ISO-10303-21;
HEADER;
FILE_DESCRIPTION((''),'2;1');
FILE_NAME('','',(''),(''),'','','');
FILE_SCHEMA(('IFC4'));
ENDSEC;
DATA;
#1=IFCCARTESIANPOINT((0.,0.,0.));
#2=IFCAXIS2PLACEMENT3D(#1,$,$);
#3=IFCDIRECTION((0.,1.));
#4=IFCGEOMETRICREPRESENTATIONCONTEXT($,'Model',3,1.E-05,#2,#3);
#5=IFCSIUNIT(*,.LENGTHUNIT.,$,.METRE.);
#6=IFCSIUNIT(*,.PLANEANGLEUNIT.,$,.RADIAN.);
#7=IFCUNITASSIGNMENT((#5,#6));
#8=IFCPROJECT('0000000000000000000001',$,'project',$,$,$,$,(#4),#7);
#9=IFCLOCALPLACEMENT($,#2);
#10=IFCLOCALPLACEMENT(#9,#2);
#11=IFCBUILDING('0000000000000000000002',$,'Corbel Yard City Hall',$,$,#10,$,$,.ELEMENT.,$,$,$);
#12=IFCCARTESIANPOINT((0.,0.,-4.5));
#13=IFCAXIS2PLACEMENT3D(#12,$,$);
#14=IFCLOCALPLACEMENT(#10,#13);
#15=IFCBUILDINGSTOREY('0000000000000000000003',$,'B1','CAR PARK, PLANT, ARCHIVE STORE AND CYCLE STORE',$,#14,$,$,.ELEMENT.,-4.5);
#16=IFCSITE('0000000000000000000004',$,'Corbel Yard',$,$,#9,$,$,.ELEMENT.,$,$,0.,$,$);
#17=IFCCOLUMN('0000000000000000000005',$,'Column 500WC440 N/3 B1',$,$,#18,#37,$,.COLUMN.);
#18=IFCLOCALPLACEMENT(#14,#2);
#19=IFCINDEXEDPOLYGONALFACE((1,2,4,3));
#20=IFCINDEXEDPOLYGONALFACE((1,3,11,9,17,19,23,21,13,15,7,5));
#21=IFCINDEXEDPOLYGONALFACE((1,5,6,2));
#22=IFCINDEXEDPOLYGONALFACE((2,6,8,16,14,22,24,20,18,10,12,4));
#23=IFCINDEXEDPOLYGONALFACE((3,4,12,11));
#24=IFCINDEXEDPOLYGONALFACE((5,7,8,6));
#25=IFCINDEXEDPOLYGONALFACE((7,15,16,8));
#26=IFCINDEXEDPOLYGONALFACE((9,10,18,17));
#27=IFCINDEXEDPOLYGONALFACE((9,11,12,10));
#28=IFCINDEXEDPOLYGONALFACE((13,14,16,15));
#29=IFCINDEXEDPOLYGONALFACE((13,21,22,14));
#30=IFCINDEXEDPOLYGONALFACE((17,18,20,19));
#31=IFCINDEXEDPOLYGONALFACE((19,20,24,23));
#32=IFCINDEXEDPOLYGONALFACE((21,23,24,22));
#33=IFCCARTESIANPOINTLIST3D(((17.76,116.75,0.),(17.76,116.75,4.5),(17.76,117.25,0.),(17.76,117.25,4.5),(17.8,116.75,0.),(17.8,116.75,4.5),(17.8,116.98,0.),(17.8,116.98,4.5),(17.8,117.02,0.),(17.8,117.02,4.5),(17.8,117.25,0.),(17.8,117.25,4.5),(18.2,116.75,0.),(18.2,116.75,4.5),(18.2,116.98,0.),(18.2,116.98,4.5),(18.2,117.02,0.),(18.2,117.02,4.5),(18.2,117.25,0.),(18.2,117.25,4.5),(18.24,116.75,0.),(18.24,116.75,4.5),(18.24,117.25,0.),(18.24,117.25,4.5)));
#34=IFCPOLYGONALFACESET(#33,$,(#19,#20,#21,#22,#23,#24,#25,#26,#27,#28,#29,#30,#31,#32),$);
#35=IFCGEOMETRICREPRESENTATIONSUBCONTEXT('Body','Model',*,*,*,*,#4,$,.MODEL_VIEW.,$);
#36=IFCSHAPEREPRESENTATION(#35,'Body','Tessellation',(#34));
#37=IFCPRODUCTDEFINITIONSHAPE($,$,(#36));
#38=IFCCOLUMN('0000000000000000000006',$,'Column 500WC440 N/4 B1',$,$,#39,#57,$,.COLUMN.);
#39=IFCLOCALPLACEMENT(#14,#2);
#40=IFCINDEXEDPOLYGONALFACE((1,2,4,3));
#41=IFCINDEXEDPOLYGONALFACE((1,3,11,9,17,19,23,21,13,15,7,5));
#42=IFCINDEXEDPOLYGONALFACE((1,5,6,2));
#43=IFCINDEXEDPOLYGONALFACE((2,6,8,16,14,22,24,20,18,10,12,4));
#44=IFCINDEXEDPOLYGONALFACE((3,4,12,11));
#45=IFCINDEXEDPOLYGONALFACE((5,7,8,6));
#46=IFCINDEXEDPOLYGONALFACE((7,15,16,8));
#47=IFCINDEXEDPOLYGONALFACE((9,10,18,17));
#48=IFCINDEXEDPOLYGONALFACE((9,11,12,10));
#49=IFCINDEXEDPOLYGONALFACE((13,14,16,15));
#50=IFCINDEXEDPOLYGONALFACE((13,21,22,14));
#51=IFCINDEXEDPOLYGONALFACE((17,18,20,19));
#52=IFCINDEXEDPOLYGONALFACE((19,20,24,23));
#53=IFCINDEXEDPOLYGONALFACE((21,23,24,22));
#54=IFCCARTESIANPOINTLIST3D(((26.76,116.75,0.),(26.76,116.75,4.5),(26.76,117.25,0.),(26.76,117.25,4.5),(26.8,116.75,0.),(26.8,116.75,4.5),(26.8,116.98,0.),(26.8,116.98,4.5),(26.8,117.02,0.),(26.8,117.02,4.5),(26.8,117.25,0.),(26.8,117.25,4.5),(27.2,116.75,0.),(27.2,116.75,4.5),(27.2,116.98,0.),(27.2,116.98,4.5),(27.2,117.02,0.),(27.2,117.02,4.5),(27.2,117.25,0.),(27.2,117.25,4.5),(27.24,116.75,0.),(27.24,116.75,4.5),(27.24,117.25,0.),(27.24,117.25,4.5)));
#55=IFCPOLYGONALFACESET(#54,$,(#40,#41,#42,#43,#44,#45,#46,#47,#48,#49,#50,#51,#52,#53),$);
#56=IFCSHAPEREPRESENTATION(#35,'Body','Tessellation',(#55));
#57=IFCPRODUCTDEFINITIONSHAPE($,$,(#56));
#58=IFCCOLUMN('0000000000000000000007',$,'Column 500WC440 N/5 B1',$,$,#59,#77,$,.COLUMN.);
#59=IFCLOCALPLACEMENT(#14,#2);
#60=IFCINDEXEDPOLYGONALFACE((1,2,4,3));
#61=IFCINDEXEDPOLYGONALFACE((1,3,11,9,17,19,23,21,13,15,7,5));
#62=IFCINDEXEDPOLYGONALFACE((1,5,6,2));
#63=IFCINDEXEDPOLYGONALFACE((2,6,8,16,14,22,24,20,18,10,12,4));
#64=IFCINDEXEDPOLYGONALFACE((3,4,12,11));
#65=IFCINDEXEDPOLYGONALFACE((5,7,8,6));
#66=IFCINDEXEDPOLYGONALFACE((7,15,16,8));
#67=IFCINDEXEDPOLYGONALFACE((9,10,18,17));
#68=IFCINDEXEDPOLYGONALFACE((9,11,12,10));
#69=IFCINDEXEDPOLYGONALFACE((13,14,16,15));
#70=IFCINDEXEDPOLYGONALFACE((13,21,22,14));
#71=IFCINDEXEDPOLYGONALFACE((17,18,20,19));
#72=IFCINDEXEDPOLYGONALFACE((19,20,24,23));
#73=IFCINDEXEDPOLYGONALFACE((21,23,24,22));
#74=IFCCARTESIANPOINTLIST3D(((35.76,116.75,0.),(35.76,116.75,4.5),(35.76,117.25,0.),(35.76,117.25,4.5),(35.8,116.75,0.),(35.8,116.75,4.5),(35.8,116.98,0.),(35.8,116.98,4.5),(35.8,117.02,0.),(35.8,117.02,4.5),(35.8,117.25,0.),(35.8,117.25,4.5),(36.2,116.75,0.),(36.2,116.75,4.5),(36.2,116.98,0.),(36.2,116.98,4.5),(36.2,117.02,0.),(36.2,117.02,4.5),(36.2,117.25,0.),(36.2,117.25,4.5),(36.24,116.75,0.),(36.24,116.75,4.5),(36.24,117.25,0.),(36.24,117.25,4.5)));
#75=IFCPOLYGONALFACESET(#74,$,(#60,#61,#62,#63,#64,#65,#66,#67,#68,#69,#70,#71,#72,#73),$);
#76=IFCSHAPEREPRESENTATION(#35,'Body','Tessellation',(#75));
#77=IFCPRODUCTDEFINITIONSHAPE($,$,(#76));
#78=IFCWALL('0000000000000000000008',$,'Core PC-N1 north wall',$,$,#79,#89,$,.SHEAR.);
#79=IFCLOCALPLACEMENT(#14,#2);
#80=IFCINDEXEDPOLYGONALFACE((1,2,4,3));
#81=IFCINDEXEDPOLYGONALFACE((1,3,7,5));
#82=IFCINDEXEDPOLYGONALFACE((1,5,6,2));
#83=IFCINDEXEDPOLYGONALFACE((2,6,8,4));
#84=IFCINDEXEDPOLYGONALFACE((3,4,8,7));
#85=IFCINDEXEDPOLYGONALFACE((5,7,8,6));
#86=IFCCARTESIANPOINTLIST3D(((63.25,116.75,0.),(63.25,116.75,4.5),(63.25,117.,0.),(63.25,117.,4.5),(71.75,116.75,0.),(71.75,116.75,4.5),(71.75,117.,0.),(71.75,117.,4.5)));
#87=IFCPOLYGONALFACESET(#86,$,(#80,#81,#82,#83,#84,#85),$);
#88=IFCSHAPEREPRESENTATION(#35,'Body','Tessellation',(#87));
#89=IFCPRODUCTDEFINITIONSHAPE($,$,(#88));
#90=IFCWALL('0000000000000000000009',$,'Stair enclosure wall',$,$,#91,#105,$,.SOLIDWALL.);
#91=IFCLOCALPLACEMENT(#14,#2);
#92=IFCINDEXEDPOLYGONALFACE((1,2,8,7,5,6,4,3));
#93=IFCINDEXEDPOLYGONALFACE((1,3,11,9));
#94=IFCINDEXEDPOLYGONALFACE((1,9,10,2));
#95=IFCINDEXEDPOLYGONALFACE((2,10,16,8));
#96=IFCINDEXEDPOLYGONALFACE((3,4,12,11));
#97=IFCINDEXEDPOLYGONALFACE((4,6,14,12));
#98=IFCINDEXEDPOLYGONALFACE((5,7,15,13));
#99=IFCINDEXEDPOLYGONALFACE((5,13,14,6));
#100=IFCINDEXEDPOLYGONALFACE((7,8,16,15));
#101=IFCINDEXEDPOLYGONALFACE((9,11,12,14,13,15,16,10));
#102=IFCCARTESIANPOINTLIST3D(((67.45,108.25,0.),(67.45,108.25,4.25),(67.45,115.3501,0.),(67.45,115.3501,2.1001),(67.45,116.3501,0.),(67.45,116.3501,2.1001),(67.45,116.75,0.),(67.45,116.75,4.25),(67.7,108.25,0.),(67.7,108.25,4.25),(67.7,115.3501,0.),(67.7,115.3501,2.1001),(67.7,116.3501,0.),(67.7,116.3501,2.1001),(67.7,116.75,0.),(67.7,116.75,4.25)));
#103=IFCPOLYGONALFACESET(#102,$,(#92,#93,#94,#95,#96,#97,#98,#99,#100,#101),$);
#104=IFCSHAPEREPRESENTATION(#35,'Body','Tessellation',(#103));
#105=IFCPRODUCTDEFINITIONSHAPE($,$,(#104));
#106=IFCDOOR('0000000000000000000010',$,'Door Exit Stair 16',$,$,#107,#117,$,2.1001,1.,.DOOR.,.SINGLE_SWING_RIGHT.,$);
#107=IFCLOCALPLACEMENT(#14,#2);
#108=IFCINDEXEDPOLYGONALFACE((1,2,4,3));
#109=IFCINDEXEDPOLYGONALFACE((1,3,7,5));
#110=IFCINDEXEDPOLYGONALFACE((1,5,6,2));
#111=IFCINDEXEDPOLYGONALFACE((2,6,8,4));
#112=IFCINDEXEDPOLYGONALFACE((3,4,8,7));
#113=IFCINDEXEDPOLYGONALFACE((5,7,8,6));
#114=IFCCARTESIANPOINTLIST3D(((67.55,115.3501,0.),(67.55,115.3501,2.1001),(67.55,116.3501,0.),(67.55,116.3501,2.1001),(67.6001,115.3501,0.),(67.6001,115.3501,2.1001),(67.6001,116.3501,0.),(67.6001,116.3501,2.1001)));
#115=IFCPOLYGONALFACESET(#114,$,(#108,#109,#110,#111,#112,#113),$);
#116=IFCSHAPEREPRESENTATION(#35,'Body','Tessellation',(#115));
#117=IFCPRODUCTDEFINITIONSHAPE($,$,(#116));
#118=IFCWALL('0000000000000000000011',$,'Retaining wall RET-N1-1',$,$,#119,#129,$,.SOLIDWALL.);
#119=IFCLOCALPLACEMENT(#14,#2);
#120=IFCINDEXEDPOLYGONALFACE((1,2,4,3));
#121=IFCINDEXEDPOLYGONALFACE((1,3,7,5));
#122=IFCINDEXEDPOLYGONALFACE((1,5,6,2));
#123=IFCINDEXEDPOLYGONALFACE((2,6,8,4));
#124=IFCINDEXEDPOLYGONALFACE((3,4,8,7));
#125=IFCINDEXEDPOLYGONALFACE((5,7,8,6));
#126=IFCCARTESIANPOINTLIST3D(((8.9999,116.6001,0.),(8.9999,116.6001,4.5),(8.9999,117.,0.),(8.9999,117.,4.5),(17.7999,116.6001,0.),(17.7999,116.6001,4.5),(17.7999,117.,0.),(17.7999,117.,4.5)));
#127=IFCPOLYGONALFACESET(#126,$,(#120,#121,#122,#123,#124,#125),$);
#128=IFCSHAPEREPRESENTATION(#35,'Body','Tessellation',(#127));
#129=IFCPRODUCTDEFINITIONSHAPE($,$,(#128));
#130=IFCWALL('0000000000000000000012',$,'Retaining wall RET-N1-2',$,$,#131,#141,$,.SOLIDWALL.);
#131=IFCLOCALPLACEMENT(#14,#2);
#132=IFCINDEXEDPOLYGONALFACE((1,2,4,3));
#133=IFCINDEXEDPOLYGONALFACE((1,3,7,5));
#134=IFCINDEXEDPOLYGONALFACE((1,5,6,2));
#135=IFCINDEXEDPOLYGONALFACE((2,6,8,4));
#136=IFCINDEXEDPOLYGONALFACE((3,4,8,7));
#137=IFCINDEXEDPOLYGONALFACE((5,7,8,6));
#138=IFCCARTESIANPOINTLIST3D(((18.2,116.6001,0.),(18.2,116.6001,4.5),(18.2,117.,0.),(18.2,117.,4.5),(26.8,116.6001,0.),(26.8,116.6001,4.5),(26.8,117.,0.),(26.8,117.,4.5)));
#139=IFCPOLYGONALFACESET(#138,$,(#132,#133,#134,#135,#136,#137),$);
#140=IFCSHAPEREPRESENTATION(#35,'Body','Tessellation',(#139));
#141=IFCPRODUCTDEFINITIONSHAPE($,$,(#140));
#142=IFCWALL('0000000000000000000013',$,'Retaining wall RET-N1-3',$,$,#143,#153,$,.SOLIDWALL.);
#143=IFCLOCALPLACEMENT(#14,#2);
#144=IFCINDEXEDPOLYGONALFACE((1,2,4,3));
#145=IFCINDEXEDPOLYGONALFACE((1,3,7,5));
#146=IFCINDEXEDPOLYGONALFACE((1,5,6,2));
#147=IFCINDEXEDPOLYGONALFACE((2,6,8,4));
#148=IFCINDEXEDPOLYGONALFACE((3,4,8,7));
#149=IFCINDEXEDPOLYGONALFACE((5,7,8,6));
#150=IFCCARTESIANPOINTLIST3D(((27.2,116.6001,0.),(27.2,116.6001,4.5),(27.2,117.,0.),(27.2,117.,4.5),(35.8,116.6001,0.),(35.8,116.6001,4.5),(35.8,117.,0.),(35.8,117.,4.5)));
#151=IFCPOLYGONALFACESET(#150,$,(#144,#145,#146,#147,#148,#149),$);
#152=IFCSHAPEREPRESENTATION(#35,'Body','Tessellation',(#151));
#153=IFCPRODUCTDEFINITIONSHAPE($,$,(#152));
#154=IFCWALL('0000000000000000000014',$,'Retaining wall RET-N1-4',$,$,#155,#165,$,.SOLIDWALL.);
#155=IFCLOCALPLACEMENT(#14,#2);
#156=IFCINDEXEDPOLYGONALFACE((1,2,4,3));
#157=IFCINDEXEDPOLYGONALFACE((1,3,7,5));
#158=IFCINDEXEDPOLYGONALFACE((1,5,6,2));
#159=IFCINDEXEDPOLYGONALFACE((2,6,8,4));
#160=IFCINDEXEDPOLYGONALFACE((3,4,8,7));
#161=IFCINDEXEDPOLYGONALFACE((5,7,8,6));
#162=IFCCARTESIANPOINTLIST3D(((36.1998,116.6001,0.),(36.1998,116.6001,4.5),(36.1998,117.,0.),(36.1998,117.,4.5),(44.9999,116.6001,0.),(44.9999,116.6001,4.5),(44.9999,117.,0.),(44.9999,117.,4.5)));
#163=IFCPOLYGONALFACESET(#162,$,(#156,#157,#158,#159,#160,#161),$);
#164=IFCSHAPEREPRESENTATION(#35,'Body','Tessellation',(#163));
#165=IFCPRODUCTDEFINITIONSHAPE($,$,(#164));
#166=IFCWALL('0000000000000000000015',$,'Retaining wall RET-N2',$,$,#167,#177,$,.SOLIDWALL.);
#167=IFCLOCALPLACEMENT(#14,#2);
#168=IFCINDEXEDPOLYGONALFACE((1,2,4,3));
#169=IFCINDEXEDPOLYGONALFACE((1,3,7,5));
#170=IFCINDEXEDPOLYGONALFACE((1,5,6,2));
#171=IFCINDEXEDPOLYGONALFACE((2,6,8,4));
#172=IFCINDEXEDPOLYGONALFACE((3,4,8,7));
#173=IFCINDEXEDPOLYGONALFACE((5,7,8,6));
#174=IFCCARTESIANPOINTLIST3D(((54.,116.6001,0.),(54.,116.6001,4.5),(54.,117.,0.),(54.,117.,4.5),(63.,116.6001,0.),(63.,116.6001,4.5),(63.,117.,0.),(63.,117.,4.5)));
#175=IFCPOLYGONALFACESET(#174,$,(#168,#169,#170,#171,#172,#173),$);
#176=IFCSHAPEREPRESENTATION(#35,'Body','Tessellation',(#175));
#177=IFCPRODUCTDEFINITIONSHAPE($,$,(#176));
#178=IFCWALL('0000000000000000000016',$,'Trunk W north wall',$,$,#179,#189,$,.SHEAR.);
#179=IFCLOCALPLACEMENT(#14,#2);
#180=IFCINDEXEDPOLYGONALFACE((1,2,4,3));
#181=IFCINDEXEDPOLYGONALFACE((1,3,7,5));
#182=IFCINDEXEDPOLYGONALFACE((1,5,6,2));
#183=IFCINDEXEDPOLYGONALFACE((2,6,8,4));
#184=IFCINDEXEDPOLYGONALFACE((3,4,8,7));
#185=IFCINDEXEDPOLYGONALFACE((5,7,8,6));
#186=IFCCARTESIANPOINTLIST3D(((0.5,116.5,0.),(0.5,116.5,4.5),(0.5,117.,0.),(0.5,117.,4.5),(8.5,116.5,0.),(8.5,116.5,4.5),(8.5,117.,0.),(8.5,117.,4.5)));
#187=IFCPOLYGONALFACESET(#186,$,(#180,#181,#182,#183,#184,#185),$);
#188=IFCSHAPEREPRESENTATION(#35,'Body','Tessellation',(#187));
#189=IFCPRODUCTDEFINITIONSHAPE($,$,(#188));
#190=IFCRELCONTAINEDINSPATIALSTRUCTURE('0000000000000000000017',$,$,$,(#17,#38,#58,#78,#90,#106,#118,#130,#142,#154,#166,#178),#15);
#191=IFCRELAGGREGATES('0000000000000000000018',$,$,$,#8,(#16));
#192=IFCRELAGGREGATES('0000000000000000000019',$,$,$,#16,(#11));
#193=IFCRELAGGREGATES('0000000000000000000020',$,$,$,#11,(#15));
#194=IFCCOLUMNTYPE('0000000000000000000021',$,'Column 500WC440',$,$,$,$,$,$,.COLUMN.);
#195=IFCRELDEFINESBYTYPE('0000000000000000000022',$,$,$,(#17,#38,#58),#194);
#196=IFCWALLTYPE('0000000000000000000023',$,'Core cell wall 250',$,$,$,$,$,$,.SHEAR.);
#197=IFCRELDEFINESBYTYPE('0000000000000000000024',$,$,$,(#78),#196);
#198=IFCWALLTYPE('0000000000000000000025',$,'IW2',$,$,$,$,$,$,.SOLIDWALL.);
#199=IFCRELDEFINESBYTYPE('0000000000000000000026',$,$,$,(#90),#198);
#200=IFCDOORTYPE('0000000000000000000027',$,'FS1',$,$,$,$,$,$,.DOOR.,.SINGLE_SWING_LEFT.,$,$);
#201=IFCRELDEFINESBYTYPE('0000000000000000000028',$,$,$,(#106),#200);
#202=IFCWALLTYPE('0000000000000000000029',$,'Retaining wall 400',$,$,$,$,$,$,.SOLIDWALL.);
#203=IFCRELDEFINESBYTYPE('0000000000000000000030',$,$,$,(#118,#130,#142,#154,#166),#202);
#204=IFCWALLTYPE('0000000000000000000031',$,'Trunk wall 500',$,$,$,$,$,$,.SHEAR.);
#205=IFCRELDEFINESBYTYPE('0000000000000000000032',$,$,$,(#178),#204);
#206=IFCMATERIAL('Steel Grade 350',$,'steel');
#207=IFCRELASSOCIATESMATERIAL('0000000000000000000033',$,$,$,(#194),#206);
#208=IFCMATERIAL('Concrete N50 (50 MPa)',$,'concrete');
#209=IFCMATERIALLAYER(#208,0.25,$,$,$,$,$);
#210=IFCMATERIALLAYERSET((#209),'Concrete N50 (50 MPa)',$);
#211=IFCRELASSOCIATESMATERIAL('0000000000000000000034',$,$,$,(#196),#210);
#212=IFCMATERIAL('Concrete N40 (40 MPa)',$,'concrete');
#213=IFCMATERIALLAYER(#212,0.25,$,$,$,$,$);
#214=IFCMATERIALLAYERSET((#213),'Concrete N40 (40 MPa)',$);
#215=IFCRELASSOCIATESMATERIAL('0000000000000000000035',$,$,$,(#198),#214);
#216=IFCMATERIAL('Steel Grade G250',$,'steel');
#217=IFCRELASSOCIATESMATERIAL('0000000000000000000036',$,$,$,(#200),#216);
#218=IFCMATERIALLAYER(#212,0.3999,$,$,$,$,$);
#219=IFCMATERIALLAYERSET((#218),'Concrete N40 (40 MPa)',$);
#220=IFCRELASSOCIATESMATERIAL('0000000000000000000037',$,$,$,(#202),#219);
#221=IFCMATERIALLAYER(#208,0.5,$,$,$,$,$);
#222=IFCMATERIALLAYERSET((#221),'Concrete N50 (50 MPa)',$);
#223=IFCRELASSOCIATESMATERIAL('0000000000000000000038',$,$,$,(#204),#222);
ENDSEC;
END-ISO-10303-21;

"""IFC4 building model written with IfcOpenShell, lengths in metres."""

from ifc_helpers import new_model, si_unit, direction, frame, frame_2d, origin, origin_2d, place, context, subcontext, project, spatial, rectangle, i_section, extrude, material, layer, layer_set, material_profile, profile_set, type_object, element, fill, save


model = new_model("IFC4")

# Units and contexts
model_context = context("Model", 3, precision=1e-05, world=origin(), true_north=direction((0.0, 1.0)))
body_context = subcontext(model_context, "Body", "Model", "MODEL_VIEW")
ifc_project = project(units=[si_unit("LENGTHUNIT", "METRE"), si_unit("PLANEANGLEUNIT", "RADIAN")], contexts=[model_context])

# Site, building, storey
site_placement = place(None, origin())
site = spatial("IfcSite", under=ifc_project, at=site_placement, Name="Corbel Yard", CompositionType="ELEMENT", RefElevation=0.0)
building_placement = place(site_placement, origin())
building = spatial("IfcBuilding", under=site, at=building_placement, Name="Corbel Yard City Hall", CompositionType="ELEMENT")
storey_placement = place(building_placement, frame((0.0, 0.0, -4.5)))
storey = spatial("IfcBuildingStorey", under=building, at=storey_placement, Name="B1", Description="CAR PARK, PLANT, ARCHIVE STORE AND CYCLE STORE", CompositionType="ELEMENT", Elevation=-4.5)

# Columns
ifc_material_1 = material(Name="Steel Grade 350", Category="steel")
ifc_material_profile = material_profile(ifc_material_1, i_section(OverallWidth=0.5, OverallDepth=0.48, WebThickness=0.04, FlangeThickness=0.04, at=origin_2d()), Name="500WC440")
ifc_profile_set = profile_set([ifc_material_profile], Name="Steel Grade 350")
column_type = type_object("IfcColumnType", Name="Column 500WC440", PredefinedType="COLUMN", material=ifc_profile_set)
for number, where, z_axis, x_axis, name in (
    (1, (18.0, 117.0, 0.0), (0.0, 0.0, 1.0), (0.0, 1.0, 0.0), "Column 500WC440 N/3 B1"),
    (2, (27.0, 117.0, 0.0), (0.0, 0.0, 1.0), (0.0, 1.0, 0.0), "Column 500WC440 N/4 B1"),
    (3, (36.0, 117.0, 0.0), (0.0, 0.0, 1.0), (0.0, 1.0, 0.0), "Column 500WC440 N/5 B1"),
):
    element("IfcColumn", number, at=place(storey_placement, frame(where, z_axis=z_axis, x_axis=x_axis)), inside=storey, type_object=column_type, Name=name, PredefinedType="COLUMN", context=body_context, shape_type="SweptSolid", body=[
        extrude(i_section(OverallWidth=0.5, OverallDepth=0.48, WebThickness=0.04, FlangeThickness=0.04, at=origin_2d()), origin(), (0.0, 0.0, 1.0), 4.5),
    ])

# Wall
ifc_material_2 = material(Name="Concrete N50 (50 MPa)", Category="concrete")
ifc_layer_1 = layer(ifc_material_2, 0.25)
ifc_layer_set_1 = layer_set([ifc_layer_1], Name="Concrete N50 (50 MPa)")
wall_type_1 = type_object("IfcWallType", Name="Core cell wall 250", PredefinedType="SHEAR", material=ifc_layer_set_1)
wall_1_placement = place(storey_placement, frame((63.25, 116.875, 0.0), z_axis=(0.0, 0.0, 1.0), x_axis=(1.0, 0.0, 0.0)))
element("IfcWall", 4, at=wall_1_placement, inside=storey, type_object=wall_type_1, Name="Core PC-N1 north wall", PredefinedType="SHEAR", context=body_context, shape_type="SweptSolid", body=[
    extrude(rectangle(XDim=8.5, YDim=0.25, at=frame_2d((4.25, 0.0))), origin(), (0.0, 0.0, 1.0), 4.5),
])

# Wall, opening, door
ifc_material_3 = material(Name="Concrete N40 (40 MPa)", Category="concrete")
ifc_layer_2 = layer(ifc_material_3, 0.25)
ifc_layer_set_2 = layer_set([ifc_layer_2], Name="Concrete N40 (40 MPa)")
wall_type_2 = type_object("IfcWallType", Name="IW2", PredefinedType="SOLIDWALL", material=ifc_layer_set_2)
wall_2_placement = place(storey_placement, frame((67.575, 116.75, 0.0), z_axis=(0.0, 0.0, 1.0), x_axis=(0.0, -1.0, 0.0)))
wall_2 = element("IfcWall", 5, at=wall_2_placement, inside=storey, type_object=wall_type_2, Name="Stair enclosure wall", PredefinedType="SOLIDWALL", context=body_context, shape_type="SweptSolid", body=[
    extrude(rectangle(XDim=8.5, YDim=0.25, at=frame_2d((4.25, 0.0))), origin(), (0.0, 0.0, 1.0), 4.25),
])
opening_placement = place(wall_2_placement, frame((0.3999, 0.0, 0.0)))
opening = element("IfcOpeningElement", 6, at=opening_placement, cuts=wall_2, PredefinedType="OPENING", context=body_context, shape_type="SweptSolid", body=[
    extrude(rectangle(XDim=1.0, YDim=2.1001, at=frame_2d((0.5, 1.05))), frame((0.0, 0.135, 0.0), z_axis=(0.0, -1.0, 0.0), x_axis=(1.0, 0.0, 0.0)), (0.0, 0.0, 1.0), 0.27),
])
ifc_material_4 = material(Name="Steel Grade G250", Category="steel")
door_type = type_object("IfcDoorType", Name="FS1", OperationType="SINGLE_SWING_LEFT", PredefinedType="DOOR", material=ifc_material_4)
door_placement = place(opening_placement, frame((1.0, 0.0, 0.0), z_axis=(0.0, 0.0, 1.0), x_axis=(-1.0, 0.0, 0.0)))
door = element("IfcDoor", 7, at=door_placement, inside=storey, type_object=door_type, Name="Door Exit Stair 16", OperationType="SINGLE_SWING_RIGHT", OverallHeight=2.1001, OverallWidth=1.0, PredefinedType="DOOR", context=body_context, shape_type="SweptSolid", body=[
    extrude(rectangle(XDim=1.0, YDim=2.1001, at=frame_2d((0.5, 1.05))), frame((0.0, 0.0249, 0.0), z_axis=(0.0, -1.0, 0.0), x_axis=(1.0, 0.0, 0.0)), (0.0, 0.0, 1.0), 0.05),
])
fill(opening, door)

# Walls
ifc_layer_3 = layer(ifc_material_3, 0.3999)
ifc_layer_set_3 = layer_set([ifc_layer_3], Name="Concrete N40 (40 MPa)")
wall_type_3 = type_object("IfcWallType", Name="Retaining wall 400", PredefinedType="SOLIDWALL", material=ifc_layer_set_3)
wall_3_placement = place(storey_placement, frame((9.0, 116.8, 0.0), z_axis=(0.0, 0.0, 1.0), x_axis=(1.0, 0.0, 0.0)))
element("IfcWall", 8, at=wall_3_placement, inside=storey, type_object=wall_type_3, Name="Retaining wall RET-N1-1", PredefinedType="SOLIDWALL", context=body_context, shape_type="SweptSolid", body=[
    extrude(rectangle(XDim=8.8, YDim=0.3999, at=frame_2d((4.3999, 0.0))), origin(), (0.0, 0.0, 1.0), 4.5),
])
for number, where, z_axis, x_axis, name in (
    (9, (18.2, 116.8, 0.0), (0.0, 0.0, 1.0), (1.0, 0.0, 0.0), "Retaining wall RET-N1-2"),
    (10, (27.2, 116.8, 0.0), (0.0, 0.0, 1.0), (1.0, 0.0, 0.0), "Retaining wall RET-N1-3"),
):
    element("IfcWall", number, at=place(storey_placement, frame(where, z_axis=z_axis, x_axis=x_axis)), inside=storey, type_object=wall_type_3, Name=name, PredefinedType="SOLIDWALL", context=body_context, shape_type="SweptSolid", body=[
        extrude(rectangle(XDim=8.6001, YDim=0.3999, at=frame_2d((4.3, 0.0))), origin(), (0.0, 0.0, 1.0), 4.5),
    ])
wall_4_placement = place(storey_placement, frame((36.2, 116.8, 0.0), z_axis=(0.0, 0.0, 1.0), x_axis=(1.0, 0.0, 0.0)))
element("IfcWall", 11, at=wall_4_placement, inside=storey, type_object=wall_type_3, Name="Retaining wall RET-N1-4", PredefinedType="SOLIDWALL", context=body_context, shape_type="SweptSolid", body=[
    extrude(rectangle(XDim=8.8, YDim=0.3999, at=frame_2d((4.3999, 0.0))), origin(), (0.0, 0.0, 1.0), 4.5),
])
wall_5_placement = place(storey_placement, frame((54.0, 116.8, 0.0), z_axis=(0.0, 0.0, 1.0), x_axis=(1.0, 0.0, 0.0)))
element("IfcWall", 12, at=wall_5_placement, inside=storey, type_object=wall_type_3, Name="Retaining wall RET-N2", PredefinedType="SOLIDWALL", context=body_context, shape_type="SweptSolid", body=[
    extrude(rectangle(XDim=9.0, YDim=0.3999, at=frame_2d((4.5, 0.0))), origin(), (0.0, 0.0, 1.0), 4.5),
])
ifc_layer_4 = layer(ifc_material_2, 0.5)
ifc_layer_set_4 = layer_set([ifc_layer_4], Name="Concrete N50 (50 MPa)")
wall_type_4 = type_object("IfcWallType", Name="Trunk wall 500", PredefinedType="SHEAR", material=ifc_layer_set_4)
for number, where, z_axis, x_axis, name in (
    (13, (0.5, 116.75, 0.0), (0.0, 0.0, 1.0), (1.0, 0.0, 0.0), "Trunk W north wall"),
):
    element("IfcWall", number, at=place(storey_placement, frame(where, z_axis=z_axis, x_axis=x_axis)), inside=storey, type_object=wall_type_4, Name=name, PredefinedType="SHEAR", context=body_context, shape_type="SweptSolid", body=[
        extrude(rectangle(XDim=8.0, YDim=0.5, at=frame_2d((4.0, 0.0))), origin(), (0.0, 0.0, 1.0), 4.5),
    ])

save(model, "model.ifc")
